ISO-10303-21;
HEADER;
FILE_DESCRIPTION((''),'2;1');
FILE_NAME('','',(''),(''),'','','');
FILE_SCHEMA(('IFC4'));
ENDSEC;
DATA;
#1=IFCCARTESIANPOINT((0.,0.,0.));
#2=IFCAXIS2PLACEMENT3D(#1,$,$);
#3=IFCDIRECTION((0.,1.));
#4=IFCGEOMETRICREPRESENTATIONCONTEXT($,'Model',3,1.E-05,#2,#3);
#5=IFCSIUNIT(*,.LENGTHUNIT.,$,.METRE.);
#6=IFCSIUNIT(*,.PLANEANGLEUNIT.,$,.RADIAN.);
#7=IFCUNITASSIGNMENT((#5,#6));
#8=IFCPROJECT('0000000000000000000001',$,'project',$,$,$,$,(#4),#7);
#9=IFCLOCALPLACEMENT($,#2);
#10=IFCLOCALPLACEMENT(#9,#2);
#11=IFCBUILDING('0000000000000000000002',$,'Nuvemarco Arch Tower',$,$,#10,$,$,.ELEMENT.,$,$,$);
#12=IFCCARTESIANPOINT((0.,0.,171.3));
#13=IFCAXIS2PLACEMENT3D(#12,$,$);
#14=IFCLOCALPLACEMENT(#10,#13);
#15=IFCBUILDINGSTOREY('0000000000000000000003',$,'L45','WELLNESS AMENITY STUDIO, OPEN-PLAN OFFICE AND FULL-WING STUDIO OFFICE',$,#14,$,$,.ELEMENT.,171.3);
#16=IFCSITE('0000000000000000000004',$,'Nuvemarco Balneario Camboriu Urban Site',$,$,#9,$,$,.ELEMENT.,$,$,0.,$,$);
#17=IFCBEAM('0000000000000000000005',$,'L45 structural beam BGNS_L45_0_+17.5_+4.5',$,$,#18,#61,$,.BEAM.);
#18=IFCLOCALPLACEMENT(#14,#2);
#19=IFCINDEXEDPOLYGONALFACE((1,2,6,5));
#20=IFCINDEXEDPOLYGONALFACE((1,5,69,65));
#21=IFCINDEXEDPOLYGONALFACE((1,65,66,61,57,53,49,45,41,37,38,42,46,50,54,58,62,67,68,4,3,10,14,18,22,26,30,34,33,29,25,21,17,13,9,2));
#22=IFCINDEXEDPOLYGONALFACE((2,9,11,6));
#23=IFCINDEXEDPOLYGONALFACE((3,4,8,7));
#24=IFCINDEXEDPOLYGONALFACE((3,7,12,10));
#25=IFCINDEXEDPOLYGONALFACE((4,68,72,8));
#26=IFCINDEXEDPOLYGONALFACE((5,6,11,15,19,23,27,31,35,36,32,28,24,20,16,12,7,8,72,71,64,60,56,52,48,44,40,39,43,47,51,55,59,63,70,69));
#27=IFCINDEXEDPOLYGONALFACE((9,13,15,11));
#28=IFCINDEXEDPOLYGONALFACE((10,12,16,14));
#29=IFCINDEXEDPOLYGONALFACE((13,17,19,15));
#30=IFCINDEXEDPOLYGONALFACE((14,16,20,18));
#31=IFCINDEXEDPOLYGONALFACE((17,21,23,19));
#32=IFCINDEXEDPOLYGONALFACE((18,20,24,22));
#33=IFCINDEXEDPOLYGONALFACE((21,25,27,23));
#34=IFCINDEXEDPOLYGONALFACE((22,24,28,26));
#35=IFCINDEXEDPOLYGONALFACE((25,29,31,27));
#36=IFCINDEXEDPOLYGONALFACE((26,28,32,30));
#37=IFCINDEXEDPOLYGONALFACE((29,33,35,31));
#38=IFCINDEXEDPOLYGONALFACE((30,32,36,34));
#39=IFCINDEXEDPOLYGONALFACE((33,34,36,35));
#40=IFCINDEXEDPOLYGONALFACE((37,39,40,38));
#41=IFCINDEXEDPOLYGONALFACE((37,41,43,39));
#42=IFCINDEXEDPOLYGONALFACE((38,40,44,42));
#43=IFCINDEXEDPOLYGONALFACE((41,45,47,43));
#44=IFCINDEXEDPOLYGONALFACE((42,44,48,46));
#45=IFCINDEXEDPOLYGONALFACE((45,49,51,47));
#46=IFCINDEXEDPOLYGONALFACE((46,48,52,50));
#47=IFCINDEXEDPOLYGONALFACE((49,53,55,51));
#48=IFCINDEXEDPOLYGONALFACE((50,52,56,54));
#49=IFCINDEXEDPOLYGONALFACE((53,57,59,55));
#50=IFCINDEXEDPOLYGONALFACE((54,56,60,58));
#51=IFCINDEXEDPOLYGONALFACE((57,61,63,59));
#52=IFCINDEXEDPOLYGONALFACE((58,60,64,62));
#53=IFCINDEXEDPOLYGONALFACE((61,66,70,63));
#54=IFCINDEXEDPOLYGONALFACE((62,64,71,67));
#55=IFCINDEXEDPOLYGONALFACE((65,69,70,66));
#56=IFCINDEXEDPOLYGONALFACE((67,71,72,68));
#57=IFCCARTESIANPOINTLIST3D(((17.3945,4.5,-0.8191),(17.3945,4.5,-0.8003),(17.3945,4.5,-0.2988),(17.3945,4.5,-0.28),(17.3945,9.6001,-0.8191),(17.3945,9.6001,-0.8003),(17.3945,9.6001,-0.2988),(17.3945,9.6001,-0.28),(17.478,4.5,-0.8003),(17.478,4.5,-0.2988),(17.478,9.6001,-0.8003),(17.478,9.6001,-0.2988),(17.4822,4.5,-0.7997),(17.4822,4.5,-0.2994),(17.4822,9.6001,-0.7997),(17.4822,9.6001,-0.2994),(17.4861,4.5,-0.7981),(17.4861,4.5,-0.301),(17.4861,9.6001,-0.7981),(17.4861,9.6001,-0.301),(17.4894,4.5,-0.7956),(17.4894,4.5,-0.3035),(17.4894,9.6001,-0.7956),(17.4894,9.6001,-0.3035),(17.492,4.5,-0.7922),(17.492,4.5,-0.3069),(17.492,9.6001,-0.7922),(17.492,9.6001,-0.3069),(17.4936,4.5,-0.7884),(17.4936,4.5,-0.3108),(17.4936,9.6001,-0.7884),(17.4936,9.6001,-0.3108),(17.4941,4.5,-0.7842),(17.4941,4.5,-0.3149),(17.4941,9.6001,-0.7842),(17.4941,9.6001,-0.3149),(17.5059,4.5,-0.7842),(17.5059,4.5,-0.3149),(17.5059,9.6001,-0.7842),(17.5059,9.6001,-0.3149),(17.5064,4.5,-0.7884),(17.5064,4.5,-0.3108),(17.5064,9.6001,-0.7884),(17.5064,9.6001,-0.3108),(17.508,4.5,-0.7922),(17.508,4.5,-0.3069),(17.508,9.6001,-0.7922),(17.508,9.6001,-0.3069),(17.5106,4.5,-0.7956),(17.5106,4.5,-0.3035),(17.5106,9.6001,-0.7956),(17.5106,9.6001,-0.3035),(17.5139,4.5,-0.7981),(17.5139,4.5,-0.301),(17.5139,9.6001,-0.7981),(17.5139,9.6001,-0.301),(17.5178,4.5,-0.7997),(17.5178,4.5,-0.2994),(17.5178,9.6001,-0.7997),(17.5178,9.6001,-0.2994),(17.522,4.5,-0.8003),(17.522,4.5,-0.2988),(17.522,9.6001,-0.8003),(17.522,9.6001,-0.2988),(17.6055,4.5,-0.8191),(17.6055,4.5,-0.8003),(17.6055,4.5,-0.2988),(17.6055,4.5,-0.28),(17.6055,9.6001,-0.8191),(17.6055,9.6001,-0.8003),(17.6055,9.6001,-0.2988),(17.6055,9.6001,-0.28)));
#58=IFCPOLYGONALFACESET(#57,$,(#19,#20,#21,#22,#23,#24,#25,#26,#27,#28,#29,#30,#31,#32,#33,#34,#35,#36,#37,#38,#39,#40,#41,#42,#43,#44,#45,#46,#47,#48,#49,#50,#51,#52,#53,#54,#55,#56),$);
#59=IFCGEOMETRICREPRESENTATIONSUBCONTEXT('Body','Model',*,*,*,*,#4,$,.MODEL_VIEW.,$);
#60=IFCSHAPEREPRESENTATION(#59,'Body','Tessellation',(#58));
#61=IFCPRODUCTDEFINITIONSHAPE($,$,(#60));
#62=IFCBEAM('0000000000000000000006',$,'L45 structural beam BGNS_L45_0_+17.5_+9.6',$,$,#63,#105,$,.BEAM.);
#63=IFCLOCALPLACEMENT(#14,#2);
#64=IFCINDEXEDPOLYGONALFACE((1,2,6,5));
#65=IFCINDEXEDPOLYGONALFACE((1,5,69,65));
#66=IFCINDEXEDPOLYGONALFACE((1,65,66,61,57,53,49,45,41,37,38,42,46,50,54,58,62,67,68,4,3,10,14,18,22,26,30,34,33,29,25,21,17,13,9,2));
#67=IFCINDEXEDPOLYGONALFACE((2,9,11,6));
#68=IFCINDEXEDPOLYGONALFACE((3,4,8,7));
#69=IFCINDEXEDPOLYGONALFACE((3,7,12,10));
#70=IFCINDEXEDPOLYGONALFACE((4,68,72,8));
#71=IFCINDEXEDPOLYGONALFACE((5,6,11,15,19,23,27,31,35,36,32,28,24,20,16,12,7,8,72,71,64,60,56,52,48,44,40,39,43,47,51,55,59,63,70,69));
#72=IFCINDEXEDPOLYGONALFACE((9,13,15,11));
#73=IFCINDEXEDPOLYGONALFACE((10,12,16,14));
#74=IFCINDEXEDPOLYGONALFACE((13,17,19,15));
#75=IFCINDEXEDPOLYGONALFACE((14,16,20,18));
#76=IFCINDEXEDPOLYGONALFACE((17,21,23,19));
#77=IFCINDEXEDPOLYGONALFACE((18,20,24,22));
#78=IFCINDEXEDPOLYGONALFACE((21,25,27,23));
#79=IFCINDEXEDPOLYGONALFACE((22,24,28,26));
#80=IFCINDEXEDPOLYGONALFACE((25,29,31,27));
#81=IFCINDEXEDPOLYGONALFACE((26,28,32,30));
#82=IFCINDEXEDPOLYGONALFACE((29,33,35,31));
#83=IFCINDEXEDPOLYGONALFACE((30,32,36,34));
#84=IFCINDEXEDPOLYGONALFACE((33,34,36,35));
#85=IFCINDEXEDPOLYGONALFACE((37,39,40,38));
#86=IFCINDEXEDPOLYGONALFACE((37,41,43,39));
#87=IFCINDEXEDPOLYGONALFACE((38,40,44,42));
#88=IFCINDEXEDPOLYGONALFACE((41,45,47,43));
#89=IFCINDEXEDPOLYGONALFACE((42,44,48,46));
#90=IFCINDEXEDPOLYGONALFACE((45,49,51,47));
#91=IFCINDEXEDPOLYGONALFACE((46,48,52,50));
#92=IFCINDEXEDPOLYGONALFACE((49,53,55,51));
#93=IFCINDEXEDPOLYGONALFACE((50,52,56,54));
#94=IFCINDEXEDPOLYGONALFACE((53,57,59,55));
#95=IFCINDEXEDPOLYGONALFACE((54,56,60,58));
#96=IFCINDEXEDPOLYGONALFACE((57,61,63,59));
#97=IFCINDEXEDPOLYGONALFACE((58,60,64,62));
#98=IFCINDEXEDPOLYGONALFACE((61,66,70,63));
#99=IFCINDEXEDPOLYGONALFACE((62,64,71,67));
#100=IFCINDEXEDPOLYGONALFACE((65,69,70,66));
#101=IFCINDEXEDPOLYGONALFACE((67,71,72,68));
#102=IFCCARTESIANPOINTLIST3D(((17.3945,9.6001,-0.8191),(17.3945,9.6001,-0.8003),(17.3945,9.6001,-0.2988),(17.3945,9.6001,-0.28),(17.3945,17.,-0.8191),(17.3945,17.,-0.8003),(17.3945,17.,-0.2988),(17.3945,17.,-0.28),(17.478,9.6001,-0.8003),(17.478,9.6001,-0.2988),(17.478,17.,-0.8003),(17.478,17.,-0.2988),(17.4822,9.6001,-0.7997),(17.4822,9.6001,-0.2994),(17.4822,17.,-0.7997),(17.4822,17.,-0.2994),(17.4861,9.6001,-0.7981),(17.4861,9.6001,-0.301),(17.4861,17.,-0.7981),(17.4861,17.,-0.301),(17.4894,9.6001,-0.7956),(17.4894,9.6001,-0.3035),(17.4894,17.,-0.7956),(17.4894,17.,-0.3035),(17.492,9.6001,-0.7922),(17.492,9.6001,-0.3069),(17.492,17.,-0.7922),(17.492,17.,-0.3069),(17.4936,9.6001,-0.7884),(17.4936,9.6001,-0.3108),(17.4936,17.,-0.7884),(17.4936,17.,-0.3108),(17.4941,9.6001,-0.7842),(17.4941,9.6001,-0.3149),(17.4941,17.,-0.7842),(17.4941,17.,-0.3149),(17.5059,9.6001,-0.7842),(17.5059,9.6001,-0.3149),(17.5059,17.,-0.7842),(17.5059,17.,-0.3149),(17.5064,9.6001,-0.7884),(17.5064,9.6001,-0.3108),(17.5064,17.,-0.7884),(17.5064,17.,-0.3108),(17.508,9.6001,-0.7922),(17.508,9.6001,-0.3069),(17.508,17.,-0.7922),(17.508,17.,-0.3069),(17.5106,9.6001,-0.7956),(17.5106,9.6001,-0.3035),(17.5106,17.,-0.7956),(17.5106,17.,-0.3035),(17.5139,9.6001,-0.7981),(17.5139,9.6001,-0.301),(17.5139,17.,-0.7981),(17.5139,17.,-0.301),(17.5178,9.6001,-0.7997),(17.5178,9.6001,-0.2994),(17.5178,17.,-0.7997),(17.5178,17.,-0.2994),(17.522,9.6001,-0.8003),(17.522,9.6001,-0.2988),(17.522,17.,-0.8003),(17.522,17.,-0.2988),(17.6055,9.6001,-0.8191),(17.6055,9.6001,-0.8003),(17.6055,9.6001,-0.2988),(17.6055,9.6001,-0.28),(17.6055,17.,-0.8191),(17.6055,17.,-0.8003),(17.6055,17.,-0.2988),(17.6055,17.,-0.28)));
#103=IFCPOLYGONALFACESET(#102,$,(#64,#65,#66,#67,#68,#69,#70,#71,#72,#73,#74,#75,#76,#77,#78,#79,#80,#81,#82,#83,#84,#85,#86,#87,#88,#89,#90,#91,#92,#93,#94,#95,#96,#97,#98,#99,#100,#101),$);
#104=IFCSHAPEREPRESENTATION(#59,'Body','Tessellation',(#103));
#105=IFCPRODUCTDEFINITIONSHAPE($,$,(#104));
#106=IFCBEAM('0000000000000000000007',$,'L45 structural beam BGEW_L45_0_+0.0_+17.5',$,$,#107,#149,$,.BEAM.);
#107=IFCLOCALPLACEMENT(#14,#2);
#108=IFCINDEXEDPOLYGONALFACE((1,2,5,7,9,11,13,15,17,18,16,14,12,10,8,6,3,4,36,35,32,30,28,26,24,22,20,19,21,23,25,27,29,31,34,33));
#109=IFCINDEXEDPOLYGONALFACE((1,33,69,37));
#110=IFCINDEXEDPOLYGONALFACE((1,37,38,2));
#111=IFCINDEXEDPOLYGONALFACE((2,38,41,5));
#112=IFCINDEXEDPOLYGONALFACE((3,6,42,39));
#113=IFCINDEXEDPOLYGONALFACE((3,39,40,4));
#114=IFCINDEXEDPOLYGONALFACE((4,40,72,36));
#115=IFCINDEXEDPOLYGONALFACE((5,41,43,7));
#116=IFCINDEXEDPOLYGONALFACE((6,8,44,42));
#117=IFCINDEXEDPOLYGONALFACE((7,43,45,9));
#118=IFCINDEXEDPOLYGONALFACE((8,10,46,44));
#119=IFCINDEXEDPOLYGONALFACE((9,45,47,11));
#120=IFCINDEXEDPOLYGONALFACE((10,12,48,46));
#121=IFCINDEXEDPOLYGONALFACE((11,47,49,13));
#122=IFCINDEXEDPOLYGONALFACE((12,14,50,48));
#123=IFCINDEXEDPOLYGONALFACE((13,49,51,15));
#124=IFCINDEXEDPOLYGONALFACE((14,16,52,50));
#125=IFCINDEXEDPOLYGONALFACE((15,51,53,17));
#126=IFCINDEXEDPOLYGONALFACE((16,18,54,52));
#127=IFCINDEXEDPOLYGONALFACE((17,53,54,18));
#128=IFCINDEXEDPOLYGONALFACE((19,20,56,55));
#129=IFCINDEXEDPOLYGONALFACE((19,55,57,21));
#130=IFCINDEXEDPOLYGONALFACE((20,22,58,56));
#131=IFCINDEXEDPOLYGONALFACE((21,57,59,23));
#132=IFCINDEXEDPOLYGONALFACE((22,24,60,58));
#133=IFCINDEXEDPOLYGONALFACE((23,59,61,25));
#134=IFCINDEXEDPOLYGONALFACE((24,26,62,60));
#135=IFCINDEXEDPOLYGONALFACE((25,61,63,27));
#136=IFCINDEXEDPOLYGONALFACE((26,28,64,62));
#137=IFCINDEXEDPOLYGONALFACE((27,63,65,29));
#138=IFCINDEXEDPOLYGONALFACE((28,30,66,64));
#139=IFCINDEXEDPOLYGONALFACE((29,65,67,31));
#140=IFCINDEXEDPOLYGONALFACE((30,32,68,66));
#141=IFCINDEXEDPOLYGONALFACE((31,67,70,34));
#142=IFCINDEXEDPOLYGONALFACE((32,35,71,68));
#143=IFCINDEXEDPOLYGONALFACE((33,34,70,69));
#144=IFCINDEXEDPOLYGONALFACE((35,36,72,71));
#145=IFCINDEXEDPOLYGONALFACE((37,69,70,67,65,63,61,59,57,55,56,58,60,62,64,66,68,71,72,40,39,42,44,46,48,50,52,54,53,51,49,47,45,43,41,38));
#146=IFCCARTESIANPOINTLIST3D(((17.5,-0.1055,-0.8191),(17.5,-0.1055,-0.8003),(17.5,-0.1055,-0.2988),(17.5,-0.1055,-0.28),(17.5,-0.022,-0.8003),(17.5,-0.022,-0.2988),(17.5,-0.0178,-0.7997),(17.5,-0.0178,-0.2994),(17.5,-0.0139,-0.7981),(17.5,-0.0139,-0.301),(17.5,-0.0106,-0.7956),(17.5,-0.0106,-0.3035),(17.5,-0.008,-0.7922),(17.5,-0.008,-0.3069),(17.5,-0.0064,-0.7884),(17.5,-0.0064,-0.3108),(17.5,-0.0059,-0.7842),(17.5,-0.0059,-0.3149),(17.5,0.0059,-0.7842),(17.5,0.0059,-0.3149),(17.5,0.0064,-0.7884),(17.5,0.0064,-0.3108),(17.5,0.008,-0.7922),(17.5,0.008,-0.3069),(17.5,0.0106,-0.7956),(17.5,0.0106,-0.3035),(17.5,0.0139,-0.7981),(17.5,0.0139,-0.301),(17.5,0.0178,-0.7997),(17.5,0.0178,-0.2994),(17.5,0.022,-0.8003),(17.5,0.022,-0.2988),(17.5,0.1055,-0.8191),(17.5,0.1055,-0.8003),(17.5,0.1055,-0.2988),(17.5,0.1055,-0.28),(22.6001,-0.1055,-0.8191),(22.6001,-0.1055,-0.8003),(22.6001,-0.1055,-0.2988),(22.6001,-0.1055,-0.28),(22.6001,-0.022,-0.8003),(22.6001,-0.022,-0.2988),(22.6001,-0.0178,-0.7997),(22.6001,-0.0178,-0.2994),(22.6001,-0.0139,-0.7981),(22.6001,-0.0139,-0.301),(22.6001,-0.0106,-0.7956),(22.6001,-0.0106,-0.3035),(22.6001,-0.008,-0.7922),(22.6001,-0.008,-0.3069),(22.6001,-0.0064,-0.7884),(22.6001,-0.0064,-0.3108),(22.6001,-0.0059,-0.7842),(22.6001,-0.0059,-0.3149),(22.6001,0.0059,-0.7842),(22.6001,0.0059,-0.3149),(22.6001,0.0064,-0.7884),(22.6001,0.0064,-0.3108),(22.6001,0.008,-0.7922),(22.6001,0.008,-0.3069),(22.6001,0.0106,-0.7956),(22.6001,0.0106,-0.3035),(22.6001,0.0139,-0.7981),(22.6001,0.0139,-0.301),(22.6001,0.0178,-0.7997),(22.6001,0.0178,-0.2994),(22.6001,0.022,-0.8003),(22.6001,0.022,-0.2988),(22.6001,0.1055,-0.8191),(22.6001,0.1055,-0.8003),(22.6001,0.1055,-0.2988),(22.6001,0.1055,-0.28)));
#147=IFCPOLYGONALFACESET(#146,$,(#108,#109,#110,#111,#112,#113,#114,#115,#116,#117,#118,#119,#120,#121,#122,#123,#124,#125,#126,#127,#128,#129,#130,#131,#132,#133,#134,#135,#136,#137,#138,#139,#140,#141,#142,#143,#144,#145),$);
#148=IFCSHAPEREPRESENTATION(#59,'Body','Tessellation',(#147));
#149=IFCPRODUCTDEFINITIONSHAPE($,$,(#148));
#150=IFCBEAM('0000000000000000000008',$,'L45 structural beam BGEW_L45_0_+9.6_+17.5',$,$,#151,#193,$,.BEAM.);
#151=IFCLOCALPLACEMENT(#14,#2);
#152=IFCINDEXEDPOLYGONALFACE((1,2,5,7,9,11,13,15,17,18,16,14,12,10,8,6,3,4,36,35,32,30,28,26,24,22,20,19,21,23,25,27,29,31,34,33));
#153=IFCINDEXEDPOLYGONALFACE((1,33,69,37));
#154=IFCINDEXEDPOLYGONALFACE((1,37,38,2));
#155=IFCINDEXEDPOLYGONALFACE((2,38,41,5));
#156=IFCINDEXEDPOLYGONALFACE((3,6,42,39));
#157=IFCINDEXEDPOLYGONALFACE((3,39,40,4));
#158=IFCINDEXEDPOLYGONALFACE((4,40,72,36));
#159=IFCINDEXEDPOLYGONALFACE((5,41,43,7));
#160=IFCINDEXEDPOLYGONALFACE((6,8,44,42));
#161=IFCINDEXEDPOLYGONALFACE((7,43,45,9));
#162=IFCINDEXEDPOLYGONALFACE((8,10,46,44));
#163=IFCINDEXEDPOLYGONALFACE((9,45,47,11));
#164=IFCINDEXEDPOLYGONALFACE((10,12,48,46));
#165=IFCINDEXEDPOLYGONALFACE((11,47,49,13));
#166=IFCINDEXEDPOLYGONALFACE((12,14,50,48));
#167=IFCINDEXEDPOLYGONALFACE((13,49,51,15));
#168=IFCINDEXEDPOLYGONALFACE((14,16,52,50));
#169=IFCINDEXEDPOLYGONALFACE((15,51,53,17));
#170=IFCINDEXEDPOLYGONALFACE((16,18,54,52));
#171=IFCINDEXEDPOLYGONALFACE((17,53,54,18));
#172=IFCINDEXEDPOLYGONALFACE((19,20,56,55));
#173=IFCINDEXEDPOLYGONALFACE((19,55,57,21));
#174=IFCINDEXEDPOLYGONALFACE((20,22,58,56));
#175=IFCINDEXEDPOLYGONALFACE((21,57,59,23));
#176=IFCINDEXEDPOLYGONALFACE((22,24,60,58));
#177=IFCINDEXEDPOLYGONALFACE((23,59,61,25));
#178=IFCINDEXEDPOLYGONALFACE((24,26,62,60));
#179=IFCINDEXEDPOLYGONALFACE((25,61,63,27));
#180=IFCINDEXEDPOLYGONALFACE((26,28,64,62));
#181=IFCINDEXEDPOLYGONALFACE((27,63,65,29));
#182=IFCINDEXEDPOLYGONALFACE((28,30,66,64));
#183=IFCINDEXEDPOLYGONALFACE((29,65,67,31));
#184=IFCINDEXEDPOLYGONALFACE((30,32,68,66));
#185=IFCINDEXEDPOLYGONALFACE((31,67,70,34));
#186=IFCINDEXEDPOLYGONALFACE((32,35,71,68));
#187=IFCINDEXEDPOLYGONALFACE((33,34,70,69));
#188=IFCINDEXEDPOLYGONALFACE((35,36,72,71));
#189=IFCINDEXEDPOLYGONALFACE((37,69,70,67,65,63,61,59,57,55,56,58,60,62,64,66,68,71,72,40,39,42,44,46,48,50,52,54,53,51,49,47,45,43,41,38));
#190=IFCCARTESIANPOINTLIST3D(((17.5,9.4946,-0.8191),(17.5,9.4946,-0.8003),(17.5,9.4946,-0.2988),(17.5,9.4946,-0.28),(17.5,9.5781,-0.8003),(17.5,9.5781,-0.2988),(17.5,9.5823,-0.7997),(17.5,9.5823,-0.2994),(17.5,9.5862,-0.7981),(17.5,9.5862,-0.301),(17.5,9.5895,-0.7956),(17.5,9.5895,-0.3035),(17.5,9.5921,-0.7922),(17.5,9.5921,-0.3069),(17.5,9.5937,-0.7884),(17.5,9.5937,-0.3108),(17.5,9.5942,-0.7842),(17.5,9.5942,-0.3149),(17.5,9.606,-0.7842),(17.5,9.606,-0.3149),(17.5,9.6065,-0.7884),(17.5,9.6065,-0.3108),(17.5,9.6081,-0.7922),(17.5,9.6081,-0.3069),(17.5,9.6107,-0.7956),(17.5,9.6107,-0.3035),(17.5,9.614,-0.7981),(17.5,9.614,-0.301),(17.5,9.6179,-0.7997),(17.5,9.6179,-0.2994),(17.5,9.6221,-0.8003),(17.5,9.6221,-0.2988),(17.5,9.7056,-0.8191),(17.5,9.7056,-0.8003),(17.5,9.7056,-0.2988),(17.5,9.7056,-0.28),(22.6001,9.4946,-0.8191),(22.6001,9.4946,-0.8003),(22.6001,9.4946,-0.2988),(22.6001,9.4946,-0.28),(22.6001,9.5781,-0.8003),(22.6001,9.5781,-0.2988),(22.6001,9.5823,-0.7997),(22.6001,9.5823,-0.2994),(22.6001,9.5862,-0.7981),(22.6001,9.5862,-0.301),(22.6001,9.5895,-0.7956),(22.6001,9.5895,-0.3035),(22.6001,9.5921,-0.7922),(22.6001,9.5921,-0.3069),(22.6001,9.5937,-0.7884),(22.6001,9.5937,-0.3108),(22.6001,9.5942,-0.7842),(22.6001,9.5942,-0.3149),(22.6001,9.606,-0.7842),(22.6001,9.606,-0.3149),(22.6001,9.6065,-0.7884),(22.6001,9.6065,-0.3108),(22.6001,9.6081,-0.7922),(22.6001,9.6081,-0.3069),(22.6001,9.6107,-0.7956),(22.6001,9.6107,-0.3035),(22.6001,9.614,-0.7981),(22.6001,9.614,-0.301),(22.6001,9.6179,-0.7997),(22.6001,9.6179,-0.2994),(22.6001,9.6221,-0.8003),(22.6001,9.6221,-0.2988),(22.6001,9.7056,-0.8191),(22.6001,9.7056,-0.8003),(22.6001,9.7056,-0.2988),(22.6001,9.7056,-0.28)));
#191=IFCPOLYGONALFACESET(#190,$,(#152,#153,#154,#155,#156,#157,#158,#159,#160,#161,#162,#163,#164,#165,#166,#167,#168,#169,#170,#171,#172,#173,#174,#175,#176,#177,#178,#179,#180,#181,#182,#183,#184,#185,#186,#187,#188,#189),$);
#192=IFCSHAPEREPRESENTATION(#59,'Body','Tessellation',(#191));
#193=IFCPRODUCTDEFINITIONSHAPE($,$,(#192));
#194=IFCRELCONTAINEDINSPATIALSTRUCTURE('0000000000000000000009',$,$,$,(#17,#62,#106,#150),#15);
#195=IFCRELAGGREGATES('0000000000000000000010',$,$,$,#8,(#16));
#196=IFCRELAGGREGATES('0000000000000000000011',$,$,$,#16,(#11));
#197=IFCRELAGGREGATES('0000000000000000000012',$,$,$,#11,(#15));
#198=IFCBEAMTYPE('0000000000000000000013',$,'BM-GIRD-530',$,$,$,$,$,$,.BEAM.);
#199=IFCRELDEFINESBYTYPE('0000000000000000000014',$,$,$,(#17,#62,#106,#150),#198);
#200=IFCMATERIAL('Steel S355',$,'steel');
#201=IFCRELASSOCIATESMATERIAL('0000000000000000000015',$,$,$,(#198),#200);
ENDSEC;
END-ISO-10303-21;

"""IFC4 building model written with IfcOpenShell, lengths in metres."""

from ifc_helpers import new_model, si_unit, direction, frame, origin, origin_2d, place, context, subcontext, project, spatial, i_section, extrude, material, material_profile, profile_set, type_object, element, save


model = new_model("IFC4")

# Units and contexts
model_context = context("Model", 3, precision=1e-05, world=origin(), true_north=direction((0.0, 1.0)))
body_context = subcontext(model_context, "Body", "Model", "MODEL_VIEW")
ifc_project = project(units=[si_unit("LENGTHUNIT", "METRE"), si_unit("PLANEANGLEUNIT", "RADIAN")], contexts=[model_context])

# Site, building, storey
site_placement = place(None, origin())
site = spatial("IfcSite", under=ifc_project, at=site_placement, Name="Nuvemarco Balneario Camboriu Urban Site", CompositionType="ELEMENT", RefElevation=0.0)
building_placement = place(site_placement, origin())
building = spatial("IfcBuilding", under=site, at=building_placement, Name="Nuvemarco Arch Tower", CompositionType="ELEMENT")
storey_placement = place(building_placement, frame((0.0, 0.0, 171.3)))
storey = spatial("IfcBuildingStorey", under=building, at=storey_placement, Name="L45", Description="WELLNESS AMENITY STUDIO, OPEN-PLAN OFFICE AND FULL-WING STUDIO OFFICE", CompositionType="ELEMENT", Elevation=171.3)

# Shared definitions
ifc_material_1 = material(Name="Steel S355", Category="steel")

# Beams
ifc_material_profile_1 = material_profile(ifc_material_1, i_section(OverallWidth=0.2109, OverallDepth=0.5391, WebThickness=0.0117, FlangeThickness=0.0188, FilletRadius=0.0161, at=origin_2d()), Name="W530x109")
ifc_profile_set_1 = profile_set([ifc_material_profile_1], Name="Steel S355")
beam_type_1 = type_object("IfcBeamType", Name="BM-GIRD-530", PredefinedType="BEAM", material=ifc_profile_set_1)
beam_1_placement = place(storey_placement, frame((17.5, 4.5, -0.5496), z_axis=(0.0, 1.0, 0.0), x_axis=(-1.0, 0.0, 0.0)))
element("IfcBeam", 1, at=beam_1_placement, inside=storey, type_object=beam_type_1, Name="L45 structural beam BGNS_L45_0_+17.5_+4.5", PredefinedType="BEAM", context=body_context, shape_type="SweptSolid", body=[
    extrude(i_section(OverallWidth=0.2109, OverallDepth=0.5391, WebThickness=0.0117, FlangeThickness=0.0188, FilletRadius=0.0161, at=origin_2d()), origin(), (0.0, 0.0, 1.0), 5.1001),
])
beam_2_placement = place(storey_placement, frame((17.5, 9.6001, -0.5496), z_axis=(0.0, 1.0, 0.0), x_axis=(-1.0, 0.0, 0.0)))
element("IfcBeam", 2, at=beam_2_placement, inside=storey, type_object=beam_type_1, Name="L45 structural beam BGNS_L45_0_+17.5_+9.6", PredefinedType="BEAM", context=body_context, shape_type="SweptSolid", body=[
    extrude(i_section(OverallWidth=0.2109, OverallDepth=0.5391, WebThickness=0.0117, FlangeThickness=0.0188, FilletRadius=0.0161, at=origin_2d()), origin(), (0.0, 0.0, 1.0), 7.3999),
])
for number, where, z_axis, x_axis, name in (
    (3, (17.5, 0.0, -0.5496), (1.0, 0.0, 0.0), (0.0, 1.0, 0.0), "L45 structural beam BGEW_L45_0_+0.0_+17.5"),
    (4, (17.5, 9.6001, -0.5496), (1.0, 0.0, 0.0), (0.0, 1.0, 0.0), "L45 structural beam BGEW_L45_0_+9.6_+17.5"),
):
    element("IfcBeam", number, at=place(storey_placement, frame(where, z_axis=z_axis, x_axis=x_axis)), inside=storey, type_object=beam_type_1, Name=name, PredefinedType="BEAM", context=body_context, shape_type="SweptSolid", body=[
        extrude(i_section(OverallWidth=0.2109, OverallDepth=0.5391, WebThickness=0.0117, FlangeThickness=0.0188, FilletRadius=0.0161, at=origin_2d()), origin(), (0.0, 0.0, 1.0), 5.1001),
    ])

save(model, "model.ifc")
